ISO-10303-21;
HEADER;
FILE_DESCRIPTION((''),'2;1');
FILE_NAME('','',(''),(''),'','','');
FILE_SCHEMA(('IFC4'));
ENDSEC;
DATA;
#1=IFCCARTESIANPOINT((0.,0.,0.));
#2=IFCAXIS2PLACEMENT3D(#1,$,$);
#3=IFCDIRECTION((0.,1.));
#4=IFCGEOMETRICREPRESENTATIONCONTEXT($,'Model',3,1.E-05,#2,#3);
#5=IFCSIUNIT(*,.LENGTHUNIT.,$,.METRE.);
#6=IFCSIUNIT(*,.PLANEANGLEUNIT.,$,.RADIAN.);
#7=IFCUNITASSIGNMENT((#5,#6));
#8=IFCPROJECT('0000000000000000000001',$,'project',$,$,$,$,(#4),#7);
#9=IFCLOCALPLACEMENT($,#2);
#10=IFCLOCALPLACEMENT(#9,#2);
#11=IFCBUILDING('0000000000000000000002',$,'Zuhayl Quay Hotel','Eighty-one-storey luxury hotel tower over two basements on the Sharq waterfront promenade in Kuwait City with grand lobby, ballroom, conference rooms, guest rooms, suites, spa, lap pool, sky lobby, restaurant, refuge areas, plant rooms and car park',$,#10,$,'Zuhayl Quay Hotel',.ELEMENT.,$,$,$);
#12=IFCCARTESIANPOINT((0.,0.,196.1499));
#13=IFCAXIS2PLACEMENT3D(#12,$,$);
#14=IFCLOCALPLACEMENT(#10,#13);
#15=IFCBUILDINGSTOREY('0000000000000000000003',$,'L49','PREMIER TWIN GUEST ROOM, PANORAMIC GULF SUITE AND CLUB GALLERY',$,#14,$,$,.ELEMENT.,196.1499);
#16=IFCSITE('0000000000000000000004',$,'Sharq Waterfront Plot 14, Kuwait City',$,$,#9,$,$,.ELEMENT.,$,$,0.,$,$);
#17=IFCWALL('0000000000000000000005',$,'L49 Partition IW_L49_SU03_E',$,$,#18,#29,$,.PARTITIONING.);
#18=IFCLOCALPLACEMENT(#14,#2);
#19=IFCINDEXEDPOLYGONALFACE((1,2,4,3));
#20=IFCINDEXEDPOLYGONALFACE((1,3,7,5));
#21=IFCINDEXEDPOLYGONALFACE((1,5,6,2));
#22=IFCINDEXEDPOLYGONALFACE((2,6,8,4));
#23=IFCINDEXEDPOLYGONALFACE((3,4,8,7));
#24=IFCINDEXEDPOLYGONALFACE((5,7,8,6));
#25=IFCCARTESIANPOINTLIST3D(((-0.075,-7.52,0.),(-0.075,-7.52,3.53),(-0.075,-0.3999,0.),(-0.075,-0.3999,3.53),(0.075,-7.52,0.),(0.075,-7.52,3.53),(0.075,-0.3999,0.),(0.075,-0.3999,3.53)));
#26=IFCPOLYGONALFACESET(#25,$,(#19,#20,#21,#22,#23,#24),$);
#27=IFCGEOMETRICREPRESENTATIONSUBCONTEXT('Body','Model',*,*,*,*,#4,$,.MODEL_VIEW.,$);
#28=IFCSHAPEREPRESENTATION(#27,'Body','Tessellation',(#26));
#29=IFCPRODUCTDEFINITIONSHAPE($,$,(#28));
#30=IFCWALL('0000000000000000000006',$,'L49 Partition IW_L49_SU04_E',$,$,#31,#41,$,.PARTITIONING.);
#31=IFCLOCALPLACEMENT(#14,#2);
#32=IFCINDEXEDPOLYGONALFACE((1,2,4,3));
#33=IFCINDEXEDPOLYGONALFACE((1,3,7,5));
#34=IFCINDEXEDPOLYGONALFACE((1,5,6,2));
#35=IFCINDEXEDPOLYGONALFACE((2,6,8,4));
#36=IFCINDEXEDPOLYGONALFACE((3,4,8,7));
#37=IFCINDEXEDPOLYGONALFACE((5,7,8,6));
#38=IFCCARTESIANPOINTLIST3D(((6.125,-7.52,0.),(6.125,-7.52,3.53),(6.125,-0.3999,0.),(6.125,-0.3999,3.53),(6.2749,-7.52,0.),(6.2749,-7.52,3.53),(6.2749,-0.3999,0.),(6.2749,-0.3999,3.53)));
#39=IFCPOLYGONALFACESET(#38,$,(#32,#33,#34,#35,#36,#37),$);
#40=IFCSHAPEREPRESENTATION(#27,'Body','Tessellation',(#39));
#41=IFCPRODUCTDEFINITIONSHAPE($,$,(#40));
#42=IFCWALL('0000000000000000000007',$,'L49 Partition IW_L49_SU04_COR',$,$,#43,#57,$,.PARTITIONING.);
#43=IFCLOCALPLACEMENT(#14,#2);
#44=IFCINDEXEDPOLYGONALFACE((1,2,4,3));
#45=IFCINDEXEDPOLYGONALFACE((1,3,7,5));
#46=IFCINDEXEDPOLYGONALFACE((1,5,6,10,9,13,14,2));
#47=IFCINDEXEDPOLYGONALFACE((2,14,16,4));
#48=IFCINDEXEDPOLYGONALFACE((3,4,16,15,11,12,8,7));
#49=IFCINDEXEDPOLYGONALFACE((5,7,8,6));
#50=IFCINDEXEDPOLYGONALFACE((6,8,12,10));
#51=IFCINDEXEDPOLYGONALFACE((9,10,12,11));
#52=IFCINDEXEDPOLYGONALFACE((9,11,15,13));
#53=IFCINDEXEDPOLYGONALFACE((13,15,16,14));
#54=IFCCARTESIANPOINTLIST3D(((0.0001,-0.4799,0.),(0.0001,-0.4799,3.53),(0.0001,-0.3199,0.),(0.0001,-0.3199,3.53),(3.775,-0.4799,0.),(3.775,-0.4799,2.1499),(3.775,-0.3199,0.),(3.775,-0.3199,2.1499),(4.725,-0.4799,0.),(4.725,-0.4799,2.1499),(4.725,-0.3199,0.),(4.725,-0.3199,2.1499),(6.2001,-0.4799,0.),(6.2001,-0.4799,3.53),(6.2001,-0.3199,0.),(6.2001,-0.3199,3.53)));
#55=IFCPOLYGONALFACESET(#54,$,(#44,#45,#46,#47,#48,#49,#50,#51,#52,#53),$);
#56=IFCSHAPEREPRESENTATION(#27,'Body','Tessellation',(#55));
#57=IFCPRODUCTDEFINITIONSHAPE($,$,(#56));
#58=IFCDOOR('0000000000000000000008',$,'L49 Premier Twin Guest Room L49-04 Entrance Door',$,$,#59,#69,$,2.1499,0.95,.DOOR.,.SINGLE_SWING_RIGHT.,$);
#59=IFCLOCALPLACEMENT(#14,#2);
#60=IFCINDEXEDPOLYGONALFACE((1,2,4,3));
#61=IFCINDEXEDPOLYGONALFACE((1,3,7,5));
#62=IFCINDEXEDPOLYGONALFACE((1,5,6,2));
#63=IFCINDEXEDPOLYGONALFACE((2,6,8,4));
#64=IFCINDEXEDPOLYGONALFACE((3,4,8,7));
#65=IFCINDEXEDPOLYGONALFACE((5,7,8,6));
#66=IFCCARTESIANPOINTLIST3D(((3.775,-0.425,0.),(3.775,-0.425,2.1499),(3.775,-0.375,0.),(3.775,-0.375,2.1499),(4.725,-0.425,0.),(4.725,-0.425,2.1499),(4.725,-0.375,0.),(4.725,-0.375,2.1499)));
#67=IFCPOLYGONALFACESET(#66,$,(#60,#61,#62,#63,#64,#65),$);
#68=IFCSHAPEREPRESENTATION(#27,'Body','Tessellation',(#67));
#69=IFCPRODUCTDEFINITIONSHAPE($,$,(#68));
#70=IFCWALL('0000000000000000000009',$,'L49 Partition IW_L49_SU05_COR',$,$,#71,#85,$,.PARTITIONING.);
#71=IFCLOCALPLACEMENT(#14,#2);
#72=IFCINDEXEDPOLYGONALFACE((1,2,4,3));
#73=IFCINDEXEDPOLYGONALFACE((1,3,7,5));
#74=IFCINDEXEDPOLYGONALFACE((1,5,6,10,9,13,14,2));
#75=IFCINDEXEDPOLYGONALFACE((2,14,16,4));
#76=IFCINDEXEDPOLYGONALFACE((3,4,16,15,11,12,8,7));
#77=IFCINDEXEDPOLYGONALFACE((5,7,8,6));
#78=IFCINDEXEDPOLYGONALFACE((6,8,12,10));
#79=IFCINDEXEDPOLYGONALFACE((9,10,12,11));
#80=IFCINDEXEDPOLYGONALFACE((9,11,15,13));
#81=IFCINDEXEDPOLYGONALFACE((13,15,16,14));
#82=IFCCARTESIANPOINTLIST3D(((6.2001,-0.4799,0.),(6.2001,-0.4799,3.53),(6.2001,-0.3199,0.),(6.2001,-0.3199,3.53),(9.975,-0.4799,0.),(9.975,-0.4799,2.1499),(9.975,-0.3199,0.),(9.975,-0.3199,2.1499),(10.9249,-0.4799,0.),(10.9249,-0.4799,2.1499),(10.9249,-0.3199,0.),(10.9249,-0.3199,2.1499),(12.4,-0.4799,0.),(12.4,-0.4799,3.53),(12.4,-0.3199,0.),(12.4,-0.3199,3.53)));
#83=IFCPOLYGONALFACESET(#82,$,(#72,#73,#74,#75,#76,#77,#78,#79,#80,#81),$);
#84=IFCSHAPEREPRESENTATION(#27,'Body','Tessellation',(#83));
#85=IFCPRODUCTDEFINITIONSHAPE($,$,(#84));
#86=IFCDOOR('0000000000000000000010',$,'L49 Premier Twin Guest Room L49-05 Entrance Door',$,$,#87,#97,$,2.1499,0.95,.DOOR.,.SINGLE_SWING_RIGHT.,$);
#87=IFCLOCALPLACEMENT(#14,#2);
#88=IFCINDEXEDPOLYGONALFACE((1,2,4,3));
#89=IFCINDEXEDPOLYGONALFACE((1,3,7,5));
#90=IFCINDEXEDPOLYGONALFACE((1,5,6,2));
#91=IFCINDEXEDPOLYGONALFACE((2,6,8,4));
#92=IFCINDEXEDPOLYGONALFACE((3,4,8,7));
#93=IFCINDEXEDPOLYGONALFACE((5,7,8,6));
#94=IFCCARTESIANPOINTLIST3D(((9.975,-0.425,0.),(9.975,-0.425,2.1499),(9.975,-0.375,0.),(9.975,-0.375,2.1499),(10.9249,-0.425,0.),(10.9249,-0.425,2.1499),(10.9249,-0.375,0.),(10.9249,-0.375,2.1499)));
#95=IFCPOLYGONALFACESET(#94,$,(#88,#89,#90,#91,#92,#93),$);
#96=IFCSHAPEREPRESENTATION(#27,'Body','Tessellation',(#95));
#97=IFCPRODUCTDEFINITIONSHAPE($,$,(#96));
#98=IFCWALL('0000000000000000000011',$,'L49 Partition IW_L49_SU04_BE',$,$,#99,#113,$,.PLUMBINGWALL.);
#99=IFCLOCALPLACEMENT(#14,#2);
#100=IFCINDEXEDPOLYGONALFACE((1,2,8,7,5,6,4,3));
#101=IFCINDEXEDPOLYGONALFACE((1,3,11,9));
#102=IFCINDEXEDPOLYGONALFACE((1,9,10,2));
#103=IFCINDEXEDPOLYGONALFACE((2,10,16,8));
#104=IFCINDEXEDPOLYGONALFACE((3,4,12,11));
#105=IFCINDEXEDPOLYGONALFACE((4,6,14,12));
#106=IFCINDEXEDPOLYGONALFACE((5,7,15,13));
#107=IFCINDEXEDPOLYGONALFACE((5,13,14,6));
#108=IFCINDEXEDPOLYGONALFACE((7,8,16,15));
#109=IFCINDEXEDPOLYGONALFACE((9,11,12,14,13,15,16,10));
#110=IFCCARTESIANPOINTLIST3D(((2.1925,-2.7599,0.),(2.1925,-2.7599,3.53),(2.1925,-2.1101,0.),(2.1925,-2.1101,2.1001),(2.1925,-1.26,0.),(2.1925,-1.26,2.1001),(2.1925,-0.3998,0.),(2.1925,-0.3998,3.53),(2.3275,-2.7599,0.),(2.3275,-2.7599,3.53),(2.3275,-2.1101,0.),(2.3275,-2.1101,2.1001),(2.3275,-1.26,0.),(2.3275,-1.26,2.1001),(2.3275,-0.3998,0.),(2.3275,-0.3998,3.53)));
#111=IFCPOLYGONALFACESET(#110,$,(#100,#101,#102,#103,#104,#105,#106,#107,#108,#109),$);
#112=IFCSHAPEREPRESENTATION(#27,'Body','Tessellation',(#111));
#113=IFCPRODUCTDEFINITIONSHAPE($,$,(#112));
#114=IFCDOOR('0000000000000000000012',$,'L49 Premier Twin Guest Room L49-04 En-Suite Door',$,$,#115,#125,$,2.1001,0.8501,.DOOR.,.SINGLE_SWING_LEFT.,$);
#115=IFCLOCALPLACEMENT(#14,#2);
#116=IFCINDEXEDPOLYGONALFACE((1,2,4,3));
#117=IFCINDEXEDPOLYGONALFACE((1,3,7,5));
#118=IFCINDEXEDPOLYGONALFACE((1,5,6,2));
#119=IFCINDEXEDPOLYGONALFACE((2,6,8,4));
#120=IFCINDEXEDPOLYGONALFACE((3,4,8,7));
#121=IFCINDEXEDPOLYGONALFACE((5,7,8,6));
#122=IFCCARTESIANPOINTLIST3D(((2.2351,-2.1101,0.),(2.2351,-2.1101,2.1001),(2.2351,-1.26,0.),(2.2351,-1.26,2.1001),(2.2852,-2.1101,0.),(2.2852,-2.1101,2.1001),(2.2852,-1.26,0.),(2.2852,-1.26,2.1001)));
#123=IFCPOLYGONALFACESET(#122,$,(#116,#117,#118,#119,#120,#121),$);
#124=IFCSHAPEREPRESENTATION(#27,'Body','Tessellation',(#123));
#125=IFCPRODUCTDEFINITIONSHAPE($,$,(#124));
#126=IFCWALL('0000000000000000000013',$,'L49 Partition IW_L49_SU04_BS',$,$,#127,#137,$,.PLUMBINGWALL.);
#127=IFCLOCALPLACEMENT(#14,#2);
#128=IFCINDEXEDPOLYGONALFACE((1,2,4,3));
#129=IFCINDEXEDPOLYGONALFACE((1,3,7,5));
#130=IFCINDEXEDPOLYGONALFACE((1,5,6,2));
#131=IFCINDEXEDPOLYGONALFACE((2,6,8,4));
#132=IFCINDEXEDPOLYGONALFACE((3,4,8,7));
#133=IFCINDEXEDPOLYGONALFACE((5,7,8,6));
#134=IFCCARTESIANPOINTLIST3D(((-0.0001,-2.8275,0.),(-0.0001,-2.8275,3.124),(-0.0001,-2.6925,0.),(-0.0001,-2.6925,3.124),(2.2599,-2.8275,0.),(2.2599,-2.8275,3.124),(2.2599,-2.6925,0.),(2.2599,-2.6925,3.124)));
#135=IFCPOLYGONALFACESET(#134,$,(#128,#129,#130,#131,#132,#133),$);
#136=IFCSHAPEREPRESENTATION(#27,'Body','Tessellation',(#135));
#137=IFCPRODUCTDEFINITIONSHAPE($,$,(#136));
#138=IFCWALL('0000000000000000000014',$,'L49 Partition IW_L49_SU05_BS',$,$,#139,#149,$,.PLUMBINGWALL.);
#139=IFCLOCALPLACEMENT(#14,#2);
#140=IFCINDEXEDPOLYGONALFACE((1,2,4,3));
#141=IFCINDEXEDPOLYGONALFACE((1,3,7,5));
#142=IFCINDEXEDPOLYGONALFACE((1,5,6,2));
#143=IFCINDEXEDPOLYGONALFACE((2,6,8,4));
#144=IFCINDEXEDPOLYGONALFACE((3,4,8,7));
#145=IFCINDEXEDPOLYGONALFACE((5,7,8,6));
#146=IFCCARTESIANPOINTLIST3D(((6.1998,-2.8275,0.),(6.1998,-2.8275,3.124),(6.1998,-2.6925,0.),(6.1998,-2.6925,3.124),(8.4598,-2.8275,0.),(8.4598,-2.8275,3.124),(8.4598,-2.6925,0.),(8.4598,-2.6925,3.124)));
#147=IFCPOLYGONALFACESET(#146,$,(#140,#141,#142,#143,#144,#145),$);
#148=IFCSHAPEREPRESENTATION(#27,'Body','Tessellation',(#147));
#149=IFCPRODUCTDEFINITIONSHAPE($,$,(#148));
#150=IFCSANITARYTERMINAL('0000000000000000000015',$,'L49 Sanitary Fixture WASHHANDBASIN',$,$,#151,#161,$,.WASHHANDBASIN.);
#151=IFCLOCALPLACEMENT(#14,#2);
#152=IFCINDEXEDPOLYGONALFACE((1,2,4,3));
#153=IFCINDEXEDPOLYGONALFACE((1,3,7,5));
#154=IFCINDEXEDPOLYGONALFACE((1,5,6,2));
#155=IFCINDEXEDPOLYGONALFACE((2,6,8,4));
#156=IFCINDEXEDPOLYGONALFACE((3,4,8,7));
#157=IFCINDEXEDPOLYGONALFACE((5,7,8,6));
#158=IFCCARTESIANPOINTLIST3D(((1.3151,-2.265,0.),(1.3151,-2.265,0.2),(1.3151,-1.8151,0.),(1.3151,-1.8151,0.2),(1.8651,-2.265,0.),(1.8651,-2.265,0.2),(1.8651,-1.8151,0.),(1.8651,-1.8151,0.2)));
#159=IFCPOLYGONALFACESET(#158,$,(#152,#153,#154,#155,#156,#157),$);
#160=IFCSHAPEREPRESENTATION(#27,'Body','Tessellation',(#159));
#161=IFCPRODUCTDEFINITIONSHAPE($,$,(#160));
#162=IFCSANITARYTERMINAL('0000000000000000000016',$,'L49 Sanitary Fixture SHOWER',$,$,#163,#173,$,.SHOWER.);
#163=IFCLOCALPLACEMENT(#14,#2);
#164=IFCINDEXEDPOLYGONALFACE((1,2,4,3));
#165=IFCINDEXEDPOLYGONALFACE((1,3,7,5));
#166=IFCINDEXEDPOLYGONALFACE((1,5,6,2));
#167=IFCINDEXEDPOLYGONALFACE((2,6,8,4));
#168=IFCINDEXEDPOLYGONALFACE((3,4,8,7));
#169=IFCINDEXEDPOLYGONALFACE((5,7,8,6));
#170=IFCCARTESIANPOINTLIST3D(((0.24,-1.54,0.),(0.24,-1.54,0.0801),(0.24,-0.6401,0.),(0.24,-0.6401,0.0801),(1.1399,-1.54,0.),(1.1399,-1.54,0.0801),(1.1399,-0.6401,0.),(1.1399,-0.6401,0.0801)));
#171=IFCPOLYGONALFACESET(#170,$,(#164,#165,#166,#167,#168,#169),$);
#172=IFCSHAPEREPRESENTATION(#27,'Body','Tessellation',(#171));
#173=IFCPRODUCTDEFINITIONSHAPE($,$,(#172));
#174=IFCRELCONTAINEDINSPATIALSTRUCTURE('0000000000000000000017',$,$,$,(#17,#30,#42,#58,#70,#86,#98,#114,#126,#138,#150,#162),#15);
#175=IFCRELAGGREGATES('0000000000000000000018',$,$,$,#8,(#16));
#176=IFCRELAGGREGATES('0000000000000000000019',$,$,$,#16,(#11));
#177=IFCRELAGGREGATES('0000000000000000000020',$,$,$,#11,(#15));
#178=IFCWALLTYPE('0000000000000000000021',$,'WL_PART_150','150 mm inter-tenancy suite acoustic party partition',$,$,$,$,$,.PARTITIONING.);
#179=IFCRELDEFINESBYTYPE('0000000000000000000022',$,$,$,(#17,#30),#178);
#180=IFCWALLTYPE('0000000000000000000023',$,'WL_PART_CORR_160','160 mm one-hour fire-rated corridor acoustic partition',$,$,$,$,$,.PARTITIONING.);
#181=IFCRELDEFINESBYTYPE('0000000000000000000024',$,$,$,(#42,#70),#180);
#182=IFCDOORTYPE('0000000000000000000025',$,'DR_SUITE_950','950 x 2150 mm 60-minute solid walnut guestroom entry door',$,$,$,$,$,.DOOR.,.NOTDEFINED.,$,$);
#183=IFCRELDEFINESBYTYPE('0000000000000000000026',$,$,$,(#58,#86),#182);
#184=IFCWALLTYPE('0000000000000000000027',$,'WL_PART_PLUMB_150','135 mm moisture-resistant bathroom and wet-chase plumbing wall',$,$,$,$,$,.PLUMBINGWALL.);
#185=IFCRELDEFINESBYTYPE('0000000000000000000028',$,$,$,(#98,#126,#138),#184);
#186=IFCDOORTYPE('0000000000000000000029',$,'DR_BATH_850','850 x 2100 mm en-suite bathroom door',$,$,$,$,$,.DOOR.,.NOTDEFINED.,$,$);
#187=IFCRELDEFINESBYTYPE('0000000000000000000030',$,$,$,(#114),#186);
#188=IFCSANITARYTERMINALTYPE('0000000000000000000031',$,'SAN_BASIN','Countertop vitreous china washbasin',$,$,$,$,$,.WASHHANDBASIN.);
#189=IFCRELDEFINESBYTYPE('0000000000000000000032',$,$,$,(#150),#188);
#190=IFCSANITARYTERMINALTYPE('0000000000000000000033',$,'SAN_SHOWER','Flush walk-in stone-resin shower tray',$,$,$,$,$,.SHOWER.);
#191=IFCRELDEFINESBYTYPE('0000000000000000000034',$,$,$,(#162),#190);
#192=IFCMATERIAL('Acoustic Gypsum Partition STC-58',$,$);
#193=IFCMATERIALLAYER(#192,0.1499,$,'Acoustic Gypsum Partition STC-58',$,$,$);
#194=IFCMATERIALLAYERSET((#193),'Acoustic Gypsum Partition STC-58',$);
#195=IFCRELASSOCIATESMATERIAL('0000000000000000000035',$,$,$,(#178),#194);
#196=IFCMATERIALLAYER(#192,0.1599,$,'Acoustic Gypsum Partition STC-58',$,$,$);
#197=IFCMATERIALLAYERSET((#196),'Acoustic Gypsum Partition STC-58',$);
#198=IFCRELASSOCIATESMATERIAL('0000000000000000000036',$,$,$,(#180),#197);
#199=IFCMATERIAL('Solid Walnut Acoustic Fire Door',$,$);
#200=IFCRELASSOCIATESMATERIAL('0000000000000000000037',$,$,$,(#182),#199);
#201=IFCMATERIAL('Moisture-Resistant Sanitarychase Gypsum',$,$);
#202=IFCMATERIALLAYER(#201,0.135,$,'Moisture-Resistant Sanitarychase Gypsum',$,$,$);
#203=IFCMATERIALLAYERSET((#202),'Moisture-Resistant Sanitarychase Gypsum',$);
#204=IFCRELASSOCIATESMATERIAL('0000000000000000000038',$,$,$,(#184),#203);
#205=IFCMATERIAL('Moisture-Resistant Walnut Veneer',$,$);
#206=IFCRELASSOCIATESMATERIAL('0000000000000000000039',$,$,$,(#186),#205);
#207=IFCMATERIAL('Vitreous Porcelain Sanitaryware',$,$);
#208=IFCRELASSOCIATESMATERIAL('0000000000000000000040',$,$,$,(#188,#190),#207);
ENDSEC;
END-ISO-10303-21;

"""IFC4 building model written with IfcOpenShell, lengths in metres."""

from ifc_helpers import new_model, si_unit, direction, frame, frame_2d, origin, origin_2d, place, context, subcontext, project, spatial, rectangle, extrude, material, layer, layer_set, type_object, element, fill, save


model = new_model("IFC4")

# Units and contexts
model_context = context("Model", 3, precision=1e-05, world=origin(), true_north=direction((0.0, 1.0)))
body_context = subcontext(model_context, "Body", "Model", "MODEL_VIEW")
ifc_project = project(units=[si_unit("LENGTHUNIT", "METRE"), si_unit("PLANEANGLEUNIT", "RADIAN")], contexts=[model_context])

# Site, building, storey
site_placement = place(None, origin())
site = spatial("IfcSite", under=ifc_project, at=site_placement, Name="Sharq Waterfront Plot 14, Kuwait City", CompositionType="ELEMENT", RefElevation=0.0)
building_placement = place(site_placement, origin())
building = spatial("IfcBuilding", under=site, at=building_placement, Name="Zuhayl Quay Hotel", Description="Eighty-one-storey luxury hotel tower over two basements on the Sharq waterfront promenade in Kuwait City with grand lobby, ballroom, conference rooms, guest rooms, suites, spa, lap pool, sky lobby, restaurant, refuge areas, plant rooms and car park", LongName="Zuhayl Quay Hotel", CompositionType="ELEMENT")
storey_placement = place(building_placement, frame((0.0, 0.0, 196.1499)))
storey = spatial("IfcBuildingStorey", under=building, at=storey_placement, Name="L49", Description="PREMIER TWIN GUEST ROOM, PANORAMIC GULF SUITE AND CLUB GALLERY", CompositionType="ELEMENT", Elevation=196.1499)

# Walls
ifc_material_1 = material(Name="Acoustic Gypsum Partition STC-58")
ifc_layer_1 = layer(ifc_material_1, 0.1499, Name="Acoustic Gypsum Partition STC-58")
ifc_layer_set_1 = layer_set([ifc_layer_1], Name="Acoustic Gypsum Partition STC-58")
wall_type_1 = type_object("IfcWallType", Name="WL_PART_150", Description="150 mm inter-tenancy suite acoustic party partition", PredefinedType="PARTITIONING", material=ifc_layer_set_1)
for number, where, z_axis, x_axis, name in (
    (1, (0.0, -7.52, 0.0), (0.0, 0.0, 1.0), (0.0, 1.0, 0.0), "L49 Partition IW_L49_SU03_E"),
    (2, (6.2, -7.52, 0.0), (0.0, 0.0, 1.0), (0.0, 1.0, 0.0), "L49 Partition IW_L49_SU04_E"),
):
    element("IfcWall", number, at=place(storey_placement, frame(where, z_axis=z_axis, x_axis=x_axis)), inside=storey, type_object=wall_type_1, Name=name, PredefinedType="PARTITIONING", context=body_context, shape_type="SweptSolid", body=[
        extrude(rectangle(XDim=7.1201, YDim=0.1499, at=frame_2d((3.5601, 0.0))), origin(), (0.0, 0.0, 1.0), 3.53),
    ])

# Walls, openings, doors
ifc_layer_2 = layer(ifc_material_1, 0.1599, Name="Acoustic Gypsum Partition STC-58")
ifc_layer_set_2 = layer_set([ifc_layer_2], Name="Acoustic Gypsum Partition STC-58")
wall_type_2 = type_object("IfcWallType", Name="WL_PART_CORR_160", Description="160 mm one-hour fire-rated corridor acoustic partition", PredefinedType="PARTITIONING", material=ifc_layer_set_2)
wall_1_placement = place(storey_placement, frame((0.0, -0.3999, 0.0), z_axis=(0.0, 0.0, 1.0), x_axis=(1.0, 0.0, 0.0)))
wall_1 = element("IfcWall", 3, at=wall_1_placement, inside=storey, type_object=wall_type_2, Name="L49 Partition IW_L49_SU04_COR", PredefinedType="PARTITIONING", context=body_context, shape_type="SweptSolid", body=[
    extrude(rectangle(XDim=6.2, YDim=0.1599, at=frame_2d((3.1001, 0.0))), origin(), (0.0, 0.0, 1.0), 3.53),
])
opening_1_placement = place(wall_1_placement, frame((3.7749, 0.0, 0.0)))
opening_1 = element("IfcOpeningElement", 4, at=opening_1_placement, cuts=wall_1, PredefinedType="OPENING", context=body_context, shape_type="SweptSolid", body=[
    extrude(rectangle(XDim=0.95, YDim=2.1499, at=frame_2d((0.4751, 1.075))), frame((0.0, 0.0898, 0.0), z_axis=(0.0, -1.0, 0.0), x_axis=(1.0, 0.0, 0.0)), (0.0, 0.0, 1.0), 0.1799),
])
ifc_material_2 = material(Name="Solid Walnut Acoustic Fire Door")
door_type_1 = type_object("IfcDoorType", Name="DR_SUITE_950", Description="950 x 2150 mm 60-minute solid walnut guestroom entry door", OperationType="NOTDEFINED", PredefinedType="DOOR", material=ifc_material_2)
door_1_placement = place(opening_1_placement, origin())
door_1 = element("IfcDoor", 5, at=door_1_placement, inside=storey, type_object=door_type_1, Name="L49 Premier Twin Guest Room L49-04 Entrance Door", OperationType="SINGLE_SWING_RIGHT", OverallHeight=2.1499, OverallWidth=0.95, PredefinedType="DOOR", context=body_context, shape_type="SweptSolid", body=[
    extrude(rectangle(XDim=0.95, YDim=2.1499, at=frame_2d((0.4751, 1.075))), frame((0.0, 0.0249, 0.0), z_axis=(0.0, -1.0, 0.0), x_axis=(1.0, 0.0, 0.0)), (0.0, 0.0, 1.0), 0.05),
])
fill(opening_1, door_1)
wall_2_placement = place(storey_placement, frame((6.2, -0.3999, 0.0), z_axis=(0.0, 0.0, 1.0), x_axis=(1.0, 0.0, 0.0)))
wall_2 = element("IfcWall", 6, at=wall_2_placement, inside=storey, type_object=wall_type_2, Name="L49 Partition IW_L49_SU05_COR", PredefinedType="PARTITIONING", context=body_context, shape_type="SweptSolid", body=[
    extrude(rectangle(XDim=6.2, YDim=0.1599, at=frame_2d((3.1001, 0.0))), origin(), (0.0, 0.0, 1.0), 3.53),
])
opening_2_placement = place(wall_2_placement, frame((3.7749, 0.0, 0.0)))
opening_2 = element("IfcOpeningElement", 7, at=opening_2_placement, cuts=wall_2, PredefinedType="OPENING", context=body_context, shape_type="SweptSolid", body=[
    extrude(rectangle(XDim=0.95, YDim=2.1499, at=frame_2d((0.4751, 1.075))), frame((0.0, 0.0898, 0.0), z_axis=(0.0, -1.0, 0.0), x_axis=(1.0, 0.0, 0.0)), (0.0, 0.0, 1.0), 0.1799),
])
door_2_placement = place(opening_2_placement, origin())
door_2 = element("IfcDoor", 8, at=door_2_placement, inside=storey, type_object=door_type_1, Name="L49 Premier Twin Guest Room L49-05 Entrance Door", OperationType="SINGLE_SWING_RIGHT", OverallHeight=2.1499, OverallWidth=0.95, PredefinedType="DOOR", context=body_context, shape_type="SweptSolid", body=[
    extrude(rectangle(XDim=0.95, YDim=2.1499, at=frame_2d((0.4751, 1.075))), frame((0.0, 0.0249, 0.0), z_axis=(0.0, -1.0, 0.0), x_axis=(1.0, 0.0, 0.0)), (0.0, 0.0, 1.0), 0.05),
])
fill(opening_2, door_2)
ifc_material_3 = material(Name="Moisture-Resistant Sanitarychase Gypsum")
ifc_layer_3 = layer(ifc_material_3, 0.135, Name="Moisture-Resistant Sanitarychase Gypsum")
ifc_layer_set_3 = layer_set([ifc_layer_3], Name="Moisture-Resistant Sanitarychase Gypsum")
wall_type_3 = type_object("IfcWallType", Name="WL_PART_PLUMB_150", Description="135 mm moisture-resistant bathroom and wet-chase plumbing wall", PredefinedType="PLUMBINGWALL", material=ifc_layer_set_3)
wall_3_placement = place(storey_placement, frame((2.26, -2.76, 0.0), z_axis=(0.0, 0.0, 1.0), x_axis=(0.0, 1.0, 0.0)))
wall_3 = element("IfcWall", 9, at=wall_3_placement, inside=storey, type_object=wall_type_3, Name="L49 Partition IW_L49_SU04_BE", PredefinedType="PLUMBINGWALL", context=body_context, shape_type="SweptSolid", body=[
    extrude(rectangle(XDim=2.3601, YDim=0.135, at=frame_2d((1.1802, 0.0))), origin(), (0.0, 0.0, 1.0), 3.53),
])
opening_3_placement = place(wall_3_placement, frame((0.6499, 0.0, 0.0)))
opening_3 = element("IfcOpeningElement", 10, at=opening_3_placement, cuts=wall_3, PredefinedType="OPENING", context=body_context, shape_type="SweptSolid", body=[
    extrude(rectangle(XDim=0.8501, YDim=2.1001, at=frame_2d((0.425, 1.05))), frame((0.0, 0.0774, 0.0), z_axis=(0.0, -1.0, 0.0), x_axis=(1.0, 0.0, 0.0)), (0.0, 0.0, 1.0), 0.155),
])
ifc_material_4 = material(Name="Moisture-Resistant Walnut Veneer")
door_type_2 = type_object("IfcDoorType", Name="DR_BATH_850", Description="850 x 2100 mm en-suite bathroom door", OperationType="NOTDEFINED", PredefinedType="DOOR", material=ifc_material_4)
door_3_placement = place(opening_3_placement, origin())
door_3 = element("IfcDoor", 11, at=door_3_placement, inside=storey, type_object=door_type_2, Name="L49 Premier Twin Guest Room L49-04 En-Suite Door", OperationType="SINGLE_SWING_LEFT", OverallHeight=2.1001, OverallWidth=0.8501, PredefinedType="DOOR", context=body_context, shape_type="SweptSolid", body=[
    extrude(rectangle(XDim=0.8501, YDim=2.1001, at=frame_2d((0.425, 1.05))), frame((0.0, 0.0249, 0.0), z_axis=(0.0, -1.0, 0.0), x_axis=(1.0, 0.0, 0.0)), (0.0, 0.0, 1.0), 0.05),
])
fill(opening_3, door_3)

# Walls
for number, where, z_axis, x_axis, name in (
    (12, (0.0, -2.76, 0.0), (0.0, 0.0, 1.0), (1.0, 0.0, 0.0), "L49 Partition IW_L49_SU04_BS"),
    (13, (6.2, -2.76, 0.0), (0.0, 0.0, 1.0), (1.0, 0.0, 0.0), "L49 Partition IW_L49_SU05_BS"),
):
    element("IfcWall", number, at=place(storey_placement, frame(where, z_axis=z_axis, x_axis=x_axis)), inside=storey, type_object=wall_type_3, Name=name, PredefinedType="PLUMBINGWALL", context=body_context, shape_type="SweptSolid", body=[
        extrude(rectangle(XDim=2.26, YDim=0.135, at=frame_2d((1.1299, 0.0))), origin(), (0.0, 0.0, 1.0), 3.124),
    ])

# Sanitary terminals
ifc_material_5 = material(Name="Vitreous Porcelain Sanitaryware")
sanitary_terminal_type_1 = type_object("IfcSanitaryTerminalType", Name="SAN_BASIN", Description="Countertop vitreous china washbasin", PredefinedType="WASHHANDBASIN", material=ifc_material_5)
sanitary_terminal_1_placement = place(storey_placement, frame((1.5901, -2.04, 0.0), z_axis=(0.0, 0.0, 1.0), x_axis=(1.0, 0.0, 0.0)))
element("IfcSanitaryTerminal", 14, at=sanitary_terminal_1_placement, inside=storey, type_object=sanitary_terminal_type_1, Name="L49 Sanitary Fixture WASHHANDBASIN", PredefinedType="WASHHANDBASIN", context=body_context, shape_type="SweptSolid", body=[
    extrude(rectangle(XDim=0.55, YDim=0.45, at=origin_2d()), origin(), (0.0, 0.0, 1.0), 0.2),
])
sanitary_terminal_type_2 = type_object("IfcSanitaryTerminalType", Name="SAN_SHOWER", Description="Flush walk-in stone-resin shower tray", PredefinedType="SHOWER", material=ifc_material_5)
sanitary_terminal_2_placement = place(storey_placement, frame((0.6899, -1.0901, 0.0), z_axis=(0.0, 0.0, 1.0), x_axis=(1.0, 0.0, 0.0)))
element("IfcSanitaryTerminal", 15, at=sanitary_terminal_2_placement, inside=storey, type_object=sanitary_terminal_type_2, Name="L49 Sanitary Fixture SHOWER", PredefinedType="SHOWER", context=body_context, shape_type="SweptSolid", body=[
    extrude(rectangle(XDim=0.8999, YDim=0.8999, at=origin_2d()), origin(), (0.0, 0.0, 1.0), 0.0801),
])

save(model, "model.ifc")
